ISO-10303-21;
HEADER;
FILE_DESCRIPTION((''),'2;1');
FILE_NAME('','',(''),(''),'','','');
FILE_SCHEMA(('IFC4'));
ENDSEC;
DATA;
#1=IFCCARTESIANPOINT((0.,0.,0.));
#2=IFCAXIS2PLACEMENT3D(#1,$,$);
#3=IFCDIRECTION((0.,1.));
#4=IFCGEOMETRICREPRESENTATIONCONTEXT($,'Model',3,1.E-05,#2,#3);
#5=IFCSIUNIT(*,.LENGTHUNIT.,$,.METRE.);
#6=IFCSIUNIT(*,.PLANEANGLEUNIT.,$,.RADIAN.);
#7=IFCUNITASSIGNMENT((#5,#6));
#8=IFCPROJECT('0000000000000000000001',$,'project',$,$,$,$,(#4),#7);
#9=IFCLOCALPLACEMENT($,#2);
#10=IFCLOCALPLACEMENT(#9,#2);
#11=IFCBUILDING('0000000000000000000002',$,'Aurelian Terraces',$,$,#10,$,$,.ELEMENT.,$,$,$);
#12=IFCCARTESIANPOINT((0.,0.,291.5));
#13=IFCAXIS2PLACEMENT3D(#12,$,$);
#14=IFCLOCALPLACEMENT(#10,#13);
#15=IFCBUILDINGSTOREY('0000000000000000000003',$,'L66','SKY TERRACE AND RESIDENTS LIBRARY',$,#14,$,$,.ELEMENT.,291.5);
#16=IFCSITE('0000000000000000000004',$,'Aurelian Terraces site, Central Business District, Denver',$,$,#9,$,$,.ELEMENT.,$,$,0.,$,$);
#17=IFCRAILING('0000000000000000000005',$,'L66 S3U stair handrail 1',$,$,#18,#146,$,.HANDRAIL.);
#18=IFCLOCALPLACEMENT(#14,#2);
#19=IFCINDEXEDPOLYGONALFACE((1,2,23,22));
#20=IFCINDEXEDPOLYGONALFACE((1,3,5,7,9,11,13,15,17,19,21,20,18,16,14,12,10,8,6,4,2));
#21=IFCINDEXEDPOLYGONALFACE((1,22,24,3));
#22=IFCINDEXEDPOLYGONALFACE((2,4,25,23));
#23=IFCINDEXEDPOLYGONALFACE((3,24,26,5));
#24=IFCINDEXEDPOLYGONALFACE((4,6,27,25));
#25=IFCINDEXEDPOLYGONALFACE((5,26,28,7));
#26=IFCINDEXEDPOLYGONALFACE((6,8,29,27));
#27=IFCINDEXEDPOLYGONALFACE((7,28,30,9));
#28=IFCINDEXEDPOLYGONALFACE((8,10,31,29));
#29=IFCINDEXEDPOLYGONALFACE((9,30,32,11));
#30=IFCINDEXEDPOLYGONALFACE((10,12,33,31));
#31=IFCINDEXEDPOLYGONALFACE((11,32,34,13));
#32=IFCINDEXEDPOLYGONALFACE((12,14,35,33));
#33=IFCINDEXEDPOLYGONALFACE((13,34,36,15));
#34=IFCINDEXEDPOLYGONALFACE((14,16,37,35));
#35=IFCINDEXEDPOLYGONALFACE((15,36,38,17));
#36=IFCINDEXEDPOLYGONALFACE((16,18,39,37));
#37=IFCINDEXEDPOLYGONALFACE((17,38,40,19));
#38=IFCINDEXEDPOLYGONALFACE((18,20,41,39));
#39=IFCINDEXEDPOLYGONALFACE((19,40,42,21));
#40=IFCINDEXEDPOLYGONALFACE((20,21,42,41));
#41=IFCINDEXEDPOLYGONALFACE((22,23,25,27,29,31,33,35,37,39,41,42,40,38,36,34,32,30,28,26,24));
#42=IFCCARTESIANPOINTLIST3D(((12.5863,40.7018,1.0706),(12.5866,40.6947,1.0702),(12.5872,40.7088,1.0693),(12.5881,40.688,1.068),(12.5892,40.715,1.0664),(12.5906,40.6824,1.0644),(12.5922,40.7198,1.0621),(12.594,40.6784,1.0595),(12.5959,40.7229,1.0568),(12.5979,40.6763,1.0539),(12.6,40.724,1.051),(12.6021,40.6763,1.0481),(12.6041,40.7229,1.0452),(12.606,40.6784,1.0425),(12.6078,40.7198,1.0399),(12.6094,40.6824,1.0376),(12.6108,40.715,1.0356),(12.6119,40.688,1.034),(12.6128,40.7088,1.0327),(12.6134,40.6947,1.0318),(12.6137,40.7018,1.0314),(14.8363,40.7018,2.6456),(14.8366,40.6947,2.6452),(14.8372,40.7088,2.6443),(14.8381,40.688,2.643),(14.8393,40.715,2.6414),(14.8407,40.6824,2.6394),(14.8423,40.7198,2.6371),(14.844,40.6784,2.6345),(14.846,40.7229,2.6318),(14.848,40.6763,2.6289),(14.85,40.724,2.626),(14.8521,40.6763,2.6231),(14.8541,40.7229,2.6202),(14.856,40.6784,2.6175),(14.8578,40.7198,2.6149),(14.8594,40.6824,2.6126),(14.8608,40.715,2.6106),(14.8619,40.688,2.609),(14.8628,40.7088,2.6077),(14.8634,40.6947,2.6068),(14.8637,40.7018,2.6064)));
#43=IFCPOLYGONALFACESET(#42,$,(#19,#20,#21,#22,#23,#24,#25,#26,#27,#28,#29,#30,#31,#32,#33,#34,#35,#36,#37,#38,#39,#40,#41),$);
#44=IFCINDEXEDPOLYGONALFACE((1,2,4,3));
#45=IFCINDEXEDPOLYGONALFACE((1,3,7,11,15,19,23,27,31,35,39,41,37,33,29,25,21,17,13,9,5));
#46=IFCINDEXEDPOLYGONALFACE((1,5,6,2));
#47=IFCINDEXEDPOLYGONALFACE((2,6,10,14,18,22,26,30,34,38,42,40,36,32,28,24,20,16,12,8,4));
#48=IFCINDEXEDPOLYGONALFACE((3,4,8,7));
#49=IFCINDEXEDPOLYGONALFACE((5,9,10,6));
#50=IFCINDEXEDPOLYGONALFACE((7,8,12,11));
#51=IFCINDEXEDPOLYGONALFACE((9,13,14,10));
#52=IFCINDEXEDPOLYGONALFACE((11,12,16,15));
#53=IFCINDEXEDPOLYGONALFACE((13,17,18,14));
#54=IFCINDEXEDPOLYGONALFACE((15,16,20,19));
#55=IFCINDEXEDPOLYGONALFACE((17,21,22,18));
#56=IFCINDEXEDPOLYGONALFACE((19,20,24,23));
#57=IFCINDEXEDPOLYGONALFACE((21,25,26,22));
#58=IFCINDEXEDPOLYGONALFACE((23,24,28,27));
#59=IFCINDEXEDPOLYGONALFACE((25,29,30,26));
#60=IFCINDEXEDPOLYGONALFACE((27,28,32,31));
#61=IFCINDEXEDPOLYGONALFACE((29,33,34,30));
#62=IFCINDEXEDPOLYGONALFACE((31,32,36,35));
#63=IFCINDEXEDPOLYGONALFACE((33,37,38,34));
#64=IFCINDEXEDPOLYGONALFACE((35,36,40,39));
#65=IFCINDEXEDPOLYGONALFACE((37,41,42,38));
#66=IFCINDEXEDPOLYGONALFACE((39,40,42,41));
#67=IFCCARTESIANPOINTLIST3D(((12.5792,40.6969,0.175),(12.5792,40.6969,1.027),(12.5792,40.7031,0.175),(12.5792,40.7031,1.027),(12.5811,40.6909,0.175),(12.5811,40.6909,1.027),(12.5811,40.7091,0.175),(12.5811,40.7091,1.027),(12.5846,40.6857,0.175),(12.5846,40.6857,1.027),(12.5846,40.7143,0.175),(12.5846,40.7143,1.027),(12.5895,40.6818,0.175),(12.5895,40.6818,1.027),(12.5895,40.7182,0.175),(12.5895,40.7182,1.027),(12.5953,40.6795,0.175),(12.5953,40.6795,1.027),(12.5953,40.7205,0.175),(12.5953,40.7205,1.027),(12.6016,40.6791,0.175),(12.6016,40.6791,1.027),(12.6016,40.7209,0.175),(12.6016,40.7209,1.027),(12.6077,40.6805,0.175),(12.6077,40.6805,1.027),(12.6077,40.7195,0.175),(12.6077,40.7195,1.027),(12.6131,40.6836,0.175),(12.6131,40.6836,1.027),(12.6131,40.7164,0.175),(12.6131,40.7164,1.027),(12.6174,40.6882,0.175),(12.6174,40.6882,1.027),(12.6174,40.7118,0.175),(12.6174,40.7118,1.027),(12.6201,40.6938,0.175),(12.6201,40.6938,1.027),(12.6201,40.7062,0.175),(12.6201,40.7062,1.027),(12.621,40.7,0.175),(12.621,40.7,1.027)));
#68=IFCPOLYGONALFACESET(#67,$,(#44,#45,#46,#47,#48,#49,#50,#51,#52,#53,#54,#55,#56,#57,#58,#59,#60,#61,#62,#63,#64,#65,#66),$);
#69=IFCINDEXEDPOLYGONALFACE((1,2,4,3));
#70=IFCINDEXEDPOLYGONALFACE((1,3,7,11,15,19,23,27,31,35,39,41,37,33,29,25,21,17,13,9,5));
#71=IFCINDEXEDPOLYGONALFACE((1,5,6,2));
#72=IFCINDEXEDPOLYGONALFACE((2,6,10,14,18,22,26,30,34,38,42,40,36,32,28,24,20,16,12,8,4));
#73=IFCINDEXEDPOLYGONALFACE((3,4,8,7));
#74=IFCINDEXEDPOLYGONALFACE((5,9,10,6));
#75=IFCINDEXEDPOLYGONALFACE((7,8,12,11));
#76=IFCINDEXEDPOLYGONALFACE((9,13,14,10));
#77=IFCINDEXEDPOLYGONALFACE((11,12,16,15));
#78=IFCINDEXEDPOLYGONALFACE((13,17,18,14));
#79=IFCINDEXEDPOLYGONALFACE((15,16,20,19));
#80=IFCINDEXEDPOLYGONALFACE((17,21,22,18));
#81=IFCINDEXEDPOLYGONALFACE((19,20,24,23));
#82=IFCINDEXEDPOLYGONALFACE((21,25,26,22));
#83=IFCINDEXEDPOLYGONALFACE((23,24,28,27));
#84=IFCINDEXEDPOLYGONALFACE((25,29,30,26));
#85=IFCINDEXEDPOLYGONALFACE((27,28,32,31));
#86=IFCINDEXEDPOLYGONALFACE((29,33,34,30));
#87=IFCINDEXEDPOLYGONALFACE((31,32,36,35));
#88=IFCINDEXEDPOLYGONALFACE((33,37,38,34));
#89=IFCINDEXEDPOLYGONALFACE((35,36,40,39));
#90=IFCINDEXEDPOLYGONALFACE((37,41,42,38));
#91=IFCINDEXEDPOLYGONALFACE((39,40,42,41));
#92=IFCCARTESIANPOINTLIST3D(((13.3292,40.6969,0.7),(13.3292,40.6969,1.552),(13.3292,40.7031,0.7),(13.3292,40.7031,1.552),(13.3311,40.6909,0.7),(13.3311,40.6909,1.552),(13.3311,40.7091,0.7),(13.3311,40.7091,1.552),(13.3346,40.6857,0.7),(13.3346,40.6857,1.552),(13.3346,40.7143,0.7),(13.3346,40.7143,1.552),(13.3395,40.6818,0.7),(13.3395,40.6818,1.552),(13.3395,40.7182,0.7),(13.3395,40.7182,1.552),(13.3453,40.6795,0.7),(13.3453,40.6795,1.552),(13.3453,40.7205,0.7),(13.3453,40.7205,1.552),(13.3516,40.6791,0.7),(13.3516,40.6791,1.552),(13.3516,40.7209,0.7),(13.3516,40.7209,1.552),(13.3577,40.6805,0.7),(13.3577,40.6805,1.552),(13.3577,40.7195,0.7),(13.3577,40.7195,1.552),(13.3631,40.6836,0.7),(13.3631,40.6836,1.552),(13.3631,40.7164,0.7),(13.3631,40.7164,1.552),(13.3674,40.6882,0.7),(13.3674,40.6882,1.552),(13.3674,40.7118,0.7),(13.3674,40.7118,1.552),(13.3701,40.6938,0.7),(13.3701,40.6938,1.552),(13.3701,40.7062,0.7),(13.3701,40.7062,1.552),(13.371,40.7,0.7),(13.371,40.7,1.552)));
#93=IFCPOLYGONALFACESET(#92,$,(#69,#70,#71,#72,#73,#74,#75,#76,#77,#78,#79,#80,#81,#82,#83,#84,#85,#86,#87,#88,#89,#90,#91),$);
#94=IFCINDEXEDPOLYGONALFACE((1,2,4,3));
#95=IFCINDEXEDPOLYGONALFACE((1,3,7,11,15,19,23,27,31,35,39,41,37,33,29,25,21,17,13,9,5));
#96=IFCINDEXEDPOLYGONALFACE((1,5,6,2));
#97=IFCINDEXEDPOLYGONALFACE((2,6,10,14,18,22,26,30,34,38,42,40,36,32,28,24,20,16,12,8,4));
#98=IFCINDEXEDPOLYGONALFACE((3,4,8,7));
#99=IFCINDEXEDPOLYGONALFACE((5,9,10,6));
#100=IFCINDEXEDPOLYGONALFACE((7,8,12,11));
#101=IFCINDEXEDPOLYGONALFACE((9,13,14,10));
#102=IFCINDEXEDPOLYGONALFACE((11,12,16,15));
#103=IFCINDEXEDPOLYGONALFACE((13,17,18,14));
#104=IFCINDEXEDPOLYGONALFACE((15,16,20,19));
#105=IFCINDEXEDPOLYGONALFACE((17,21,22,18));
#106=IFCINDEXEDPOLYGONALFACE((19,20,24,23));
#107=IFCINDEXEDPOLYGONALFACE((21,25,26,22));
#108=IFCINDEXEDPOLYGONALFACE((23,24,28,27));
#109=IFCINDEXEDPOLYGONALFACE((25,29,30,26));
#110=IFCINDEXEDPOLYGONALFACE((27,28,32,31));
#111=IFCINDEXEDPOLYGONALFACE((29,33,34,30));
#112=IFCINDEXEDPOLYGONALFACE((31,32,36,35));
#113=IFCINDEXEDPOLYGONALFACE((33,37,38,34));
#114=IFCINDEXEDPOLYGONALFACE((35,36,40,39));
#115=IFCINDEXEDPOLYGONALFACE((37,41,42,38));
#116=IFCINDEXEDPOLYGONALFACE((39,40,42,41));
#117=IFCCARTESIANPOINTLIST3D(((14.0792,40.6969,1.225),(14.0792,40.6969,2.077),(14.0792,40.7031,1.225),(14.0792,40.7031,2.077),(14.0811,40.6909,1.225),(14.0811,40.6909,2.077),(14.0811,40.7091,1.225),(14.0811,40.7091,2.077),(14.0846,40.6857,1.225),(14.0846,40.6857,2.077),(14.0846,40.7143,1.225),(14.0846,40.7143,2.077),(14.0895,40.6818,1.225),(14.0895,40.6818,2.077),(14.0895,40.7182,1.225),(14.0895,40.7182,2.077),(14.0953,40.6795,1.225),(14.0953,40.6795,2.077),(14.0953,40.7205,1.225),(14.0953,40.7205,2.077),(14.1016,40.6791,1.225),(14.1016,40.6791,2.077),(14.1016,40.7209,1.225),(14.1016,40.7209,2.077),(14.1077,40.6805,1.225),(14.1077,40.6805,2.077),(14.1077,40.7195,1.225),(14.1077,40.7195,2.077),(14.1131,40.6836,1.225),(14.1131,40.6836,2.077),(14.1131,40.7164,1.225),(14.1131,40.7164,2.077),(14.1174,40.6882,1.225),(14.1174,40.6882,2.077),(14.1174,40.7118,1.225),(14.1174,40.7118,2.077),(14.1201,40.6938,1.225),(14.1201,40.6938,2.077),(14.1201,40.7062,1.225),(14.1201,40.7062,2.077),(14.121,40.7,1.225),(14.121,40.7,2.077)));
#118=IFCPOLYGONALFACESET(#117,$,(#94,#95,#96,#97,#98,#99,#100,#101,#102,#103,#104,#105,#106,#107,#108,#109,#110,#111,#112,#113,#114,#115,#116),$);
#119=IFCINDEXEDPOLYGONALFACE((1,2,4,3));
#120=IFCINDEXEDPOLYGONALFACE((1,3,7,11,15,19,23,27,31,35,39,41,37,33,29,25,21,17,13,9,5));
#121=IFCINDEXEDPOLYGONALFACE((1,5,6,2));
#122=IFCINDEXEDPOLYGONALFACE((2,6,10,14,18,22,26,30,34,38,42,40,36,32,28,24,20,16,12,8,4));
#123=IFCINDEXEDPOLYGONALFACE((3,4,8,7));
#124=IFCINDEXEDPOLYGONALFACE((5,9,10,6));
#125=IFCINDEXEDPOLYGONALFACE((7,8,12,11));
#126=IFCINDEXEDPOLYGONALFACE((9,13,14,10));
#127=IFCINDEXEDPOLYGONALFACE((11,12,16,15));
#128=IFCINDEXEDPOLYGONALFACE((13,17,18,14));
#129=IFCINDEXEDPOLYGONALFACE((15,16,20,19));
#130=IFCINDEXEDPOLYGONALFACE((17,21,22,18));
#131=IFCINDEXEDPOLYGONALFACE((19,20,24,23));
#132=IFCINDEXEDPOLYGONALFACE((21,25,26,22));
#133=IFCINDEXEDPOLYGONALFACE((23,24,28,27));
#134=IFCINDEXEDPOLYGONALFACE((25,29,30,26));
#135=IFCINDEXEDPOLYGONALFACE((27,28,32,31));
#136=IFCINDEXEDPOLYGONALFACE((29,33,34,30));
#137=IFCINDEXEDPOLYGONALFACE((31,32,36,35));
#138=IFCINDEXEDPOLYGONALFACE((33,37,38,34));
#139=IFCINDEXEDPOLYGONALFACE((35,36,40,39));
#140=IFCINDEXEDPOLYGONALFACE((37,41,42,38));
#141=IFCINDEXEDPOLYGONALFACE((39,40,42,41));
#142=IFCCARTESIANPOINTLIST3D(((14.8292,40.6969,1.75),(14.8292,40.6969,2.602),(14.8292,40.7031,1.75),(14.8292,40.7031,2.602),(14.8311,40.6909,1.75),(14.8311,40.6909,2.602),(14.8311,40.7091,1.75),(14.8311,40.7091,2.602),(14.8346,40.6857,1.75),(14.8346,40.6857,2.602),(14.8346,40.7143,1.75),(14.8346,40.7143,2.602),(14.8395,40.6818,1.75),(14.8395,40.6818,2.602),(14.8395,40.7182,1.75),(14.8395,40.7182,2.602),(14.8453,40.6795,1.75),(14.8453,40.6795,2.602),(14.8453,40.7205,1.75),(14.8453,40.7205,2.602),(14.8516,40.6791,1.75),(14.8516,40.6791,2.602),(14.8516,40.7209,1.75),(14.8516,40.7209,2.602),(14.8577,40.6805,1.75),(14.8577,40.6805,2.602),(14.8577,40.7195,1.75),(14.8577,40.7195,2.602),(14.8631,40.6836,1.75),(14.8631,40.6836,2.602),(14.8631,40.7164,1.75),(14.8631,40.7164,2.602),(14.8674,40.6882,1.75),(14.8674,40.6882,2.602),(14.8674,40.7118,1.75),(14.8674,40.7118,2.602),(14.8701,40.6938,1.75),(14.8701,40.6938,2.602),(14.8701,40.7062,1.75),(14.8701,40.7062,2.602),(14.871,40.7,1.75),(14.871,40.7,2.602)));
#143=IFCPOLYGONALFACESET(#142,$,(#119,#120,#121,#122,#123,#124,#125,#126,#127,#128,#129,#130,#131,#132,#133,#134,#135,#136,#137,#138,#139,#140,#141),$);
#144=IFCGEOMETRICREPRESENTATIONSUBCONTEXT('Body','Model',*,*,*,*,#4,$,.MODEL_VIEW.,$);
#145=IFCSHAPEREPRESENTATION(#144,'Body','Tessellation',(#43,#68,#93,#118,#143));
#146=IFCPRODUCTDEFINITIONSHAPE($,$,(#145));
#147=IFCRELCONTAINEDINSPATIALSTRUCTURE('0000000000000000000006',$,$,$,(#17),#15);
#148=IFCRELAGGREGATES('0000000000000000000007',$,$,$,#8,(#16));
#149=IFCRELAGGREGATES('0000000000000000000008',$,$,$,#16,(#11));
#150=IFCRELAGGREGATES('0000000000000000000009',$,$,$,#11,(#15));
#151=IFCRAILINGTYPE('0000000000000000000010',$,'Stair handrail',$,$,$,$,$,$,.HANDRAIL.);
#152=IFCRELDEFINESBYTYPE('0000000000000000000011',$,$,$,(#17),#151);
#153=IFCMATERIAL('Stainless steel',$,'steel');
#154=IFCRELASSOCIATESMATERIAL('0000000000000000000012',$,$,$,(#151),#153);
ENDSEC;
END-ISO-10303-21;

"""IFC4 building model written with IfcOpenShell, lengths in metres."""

from ifc_helpers import new_model, si_unit, direction, frame, origin, origin_2d, place, context, subcontext, project, spatial, circle, extrude, source, transform, mapped, material, type_object, element, save


model = new_model("IFC4")

# Units and contexts
model_context = context("Model", 3, precision=1e-05, world=origin(), true_north=direction((0.0, 1.0)))
body_context = subcontext(model_context, "Body", "Model", "MODEL_VIEW")
ifc_project = project(units=[si_unit("LENGTHUNIT", "METRE"), si_unit("PLANEANGLEUNIT", "RADIAN")], contexts=[model_context])

# Site, building, storey
site_placement = place(None, origin())
site = spatial("IfcSite", under=ifc_project, at=site_placement, Name="Aurelian Terraces site, Central Business District, Denver", CompositionType="ELEMENT", RefElevation=0.0)
building_placement = place(site_placement, origin())
building = spatial("IfcBuilding", under=site, at=building_placement, Name="Aurelian Terraces", CompositionType="ELEMENT")
storey_placement = place(building_placement, frame((0.0, 0.0, 291.5)))
storey = spatial("IfcBuildingStorey", under=building, at=storey_placement, Name="L66", Description="SKY TERRACE AND RESIDENTS LIBRARY", CompositionType="ELEMENT", Elevation=291.5)

# Railing
ifc_material_1 = material(Name="Stainless steel", Category="steel")
railing_type_1 = type_object("IfcRailingType", Name="Stair handrail", PredefinedType="HANDRAIL", material=ifc_material_1)
shared_shape_1 = source(origin(), body_context, "Body", "SweptSolid", [
    extrude(circle(Radius=0.024, at=origin_2d()), frame((0.0, 0.0, 0.876), z_axis=(0.819232, 0.0, 0.573462), x_axis=(0.0, 1.0, 0.0)), (0.0, 0.0, 1.0), 2.7465),
    extrude(circle(Radius=0.021, at=origin_2d()), origin(), (0.0, 0.0, 1.0), 0.852),
    extrude(circle(Radius=0.021, at=origin_2d()), frame((0.75, 0.0, 0.525)), (0.0, 0.0, 1.0), 0.852),
    extrude(circle(Radius=0.021, at=origin_2d()), frame((1.5, 0.0, 1.05)), (0.0, 0.0, 1.0), 0.852),
    extrude(circle(Radius=0.021, at=origin_2d()), frame((2.25, 0.0, 1.575)), (0.0, 0.0, 1.0), 0.852),
])
railing_1_placement = place(storey_placement, frame((12.6, 40.7, 0.175)))
element("IfcRailing", 1, at=railing_1_placement, inside=storey, type_object=railing_type_1, Name="L66 S3U stair handrail 1", PredefinedType="HANDRAIL", context=body_context, shape_type="MappedRepresentation", body=[
    mapped(shared_shape_1, transform((0.0, 0.0, 0.0), scale=1.0)),
])

save(model, "model.ifc")
